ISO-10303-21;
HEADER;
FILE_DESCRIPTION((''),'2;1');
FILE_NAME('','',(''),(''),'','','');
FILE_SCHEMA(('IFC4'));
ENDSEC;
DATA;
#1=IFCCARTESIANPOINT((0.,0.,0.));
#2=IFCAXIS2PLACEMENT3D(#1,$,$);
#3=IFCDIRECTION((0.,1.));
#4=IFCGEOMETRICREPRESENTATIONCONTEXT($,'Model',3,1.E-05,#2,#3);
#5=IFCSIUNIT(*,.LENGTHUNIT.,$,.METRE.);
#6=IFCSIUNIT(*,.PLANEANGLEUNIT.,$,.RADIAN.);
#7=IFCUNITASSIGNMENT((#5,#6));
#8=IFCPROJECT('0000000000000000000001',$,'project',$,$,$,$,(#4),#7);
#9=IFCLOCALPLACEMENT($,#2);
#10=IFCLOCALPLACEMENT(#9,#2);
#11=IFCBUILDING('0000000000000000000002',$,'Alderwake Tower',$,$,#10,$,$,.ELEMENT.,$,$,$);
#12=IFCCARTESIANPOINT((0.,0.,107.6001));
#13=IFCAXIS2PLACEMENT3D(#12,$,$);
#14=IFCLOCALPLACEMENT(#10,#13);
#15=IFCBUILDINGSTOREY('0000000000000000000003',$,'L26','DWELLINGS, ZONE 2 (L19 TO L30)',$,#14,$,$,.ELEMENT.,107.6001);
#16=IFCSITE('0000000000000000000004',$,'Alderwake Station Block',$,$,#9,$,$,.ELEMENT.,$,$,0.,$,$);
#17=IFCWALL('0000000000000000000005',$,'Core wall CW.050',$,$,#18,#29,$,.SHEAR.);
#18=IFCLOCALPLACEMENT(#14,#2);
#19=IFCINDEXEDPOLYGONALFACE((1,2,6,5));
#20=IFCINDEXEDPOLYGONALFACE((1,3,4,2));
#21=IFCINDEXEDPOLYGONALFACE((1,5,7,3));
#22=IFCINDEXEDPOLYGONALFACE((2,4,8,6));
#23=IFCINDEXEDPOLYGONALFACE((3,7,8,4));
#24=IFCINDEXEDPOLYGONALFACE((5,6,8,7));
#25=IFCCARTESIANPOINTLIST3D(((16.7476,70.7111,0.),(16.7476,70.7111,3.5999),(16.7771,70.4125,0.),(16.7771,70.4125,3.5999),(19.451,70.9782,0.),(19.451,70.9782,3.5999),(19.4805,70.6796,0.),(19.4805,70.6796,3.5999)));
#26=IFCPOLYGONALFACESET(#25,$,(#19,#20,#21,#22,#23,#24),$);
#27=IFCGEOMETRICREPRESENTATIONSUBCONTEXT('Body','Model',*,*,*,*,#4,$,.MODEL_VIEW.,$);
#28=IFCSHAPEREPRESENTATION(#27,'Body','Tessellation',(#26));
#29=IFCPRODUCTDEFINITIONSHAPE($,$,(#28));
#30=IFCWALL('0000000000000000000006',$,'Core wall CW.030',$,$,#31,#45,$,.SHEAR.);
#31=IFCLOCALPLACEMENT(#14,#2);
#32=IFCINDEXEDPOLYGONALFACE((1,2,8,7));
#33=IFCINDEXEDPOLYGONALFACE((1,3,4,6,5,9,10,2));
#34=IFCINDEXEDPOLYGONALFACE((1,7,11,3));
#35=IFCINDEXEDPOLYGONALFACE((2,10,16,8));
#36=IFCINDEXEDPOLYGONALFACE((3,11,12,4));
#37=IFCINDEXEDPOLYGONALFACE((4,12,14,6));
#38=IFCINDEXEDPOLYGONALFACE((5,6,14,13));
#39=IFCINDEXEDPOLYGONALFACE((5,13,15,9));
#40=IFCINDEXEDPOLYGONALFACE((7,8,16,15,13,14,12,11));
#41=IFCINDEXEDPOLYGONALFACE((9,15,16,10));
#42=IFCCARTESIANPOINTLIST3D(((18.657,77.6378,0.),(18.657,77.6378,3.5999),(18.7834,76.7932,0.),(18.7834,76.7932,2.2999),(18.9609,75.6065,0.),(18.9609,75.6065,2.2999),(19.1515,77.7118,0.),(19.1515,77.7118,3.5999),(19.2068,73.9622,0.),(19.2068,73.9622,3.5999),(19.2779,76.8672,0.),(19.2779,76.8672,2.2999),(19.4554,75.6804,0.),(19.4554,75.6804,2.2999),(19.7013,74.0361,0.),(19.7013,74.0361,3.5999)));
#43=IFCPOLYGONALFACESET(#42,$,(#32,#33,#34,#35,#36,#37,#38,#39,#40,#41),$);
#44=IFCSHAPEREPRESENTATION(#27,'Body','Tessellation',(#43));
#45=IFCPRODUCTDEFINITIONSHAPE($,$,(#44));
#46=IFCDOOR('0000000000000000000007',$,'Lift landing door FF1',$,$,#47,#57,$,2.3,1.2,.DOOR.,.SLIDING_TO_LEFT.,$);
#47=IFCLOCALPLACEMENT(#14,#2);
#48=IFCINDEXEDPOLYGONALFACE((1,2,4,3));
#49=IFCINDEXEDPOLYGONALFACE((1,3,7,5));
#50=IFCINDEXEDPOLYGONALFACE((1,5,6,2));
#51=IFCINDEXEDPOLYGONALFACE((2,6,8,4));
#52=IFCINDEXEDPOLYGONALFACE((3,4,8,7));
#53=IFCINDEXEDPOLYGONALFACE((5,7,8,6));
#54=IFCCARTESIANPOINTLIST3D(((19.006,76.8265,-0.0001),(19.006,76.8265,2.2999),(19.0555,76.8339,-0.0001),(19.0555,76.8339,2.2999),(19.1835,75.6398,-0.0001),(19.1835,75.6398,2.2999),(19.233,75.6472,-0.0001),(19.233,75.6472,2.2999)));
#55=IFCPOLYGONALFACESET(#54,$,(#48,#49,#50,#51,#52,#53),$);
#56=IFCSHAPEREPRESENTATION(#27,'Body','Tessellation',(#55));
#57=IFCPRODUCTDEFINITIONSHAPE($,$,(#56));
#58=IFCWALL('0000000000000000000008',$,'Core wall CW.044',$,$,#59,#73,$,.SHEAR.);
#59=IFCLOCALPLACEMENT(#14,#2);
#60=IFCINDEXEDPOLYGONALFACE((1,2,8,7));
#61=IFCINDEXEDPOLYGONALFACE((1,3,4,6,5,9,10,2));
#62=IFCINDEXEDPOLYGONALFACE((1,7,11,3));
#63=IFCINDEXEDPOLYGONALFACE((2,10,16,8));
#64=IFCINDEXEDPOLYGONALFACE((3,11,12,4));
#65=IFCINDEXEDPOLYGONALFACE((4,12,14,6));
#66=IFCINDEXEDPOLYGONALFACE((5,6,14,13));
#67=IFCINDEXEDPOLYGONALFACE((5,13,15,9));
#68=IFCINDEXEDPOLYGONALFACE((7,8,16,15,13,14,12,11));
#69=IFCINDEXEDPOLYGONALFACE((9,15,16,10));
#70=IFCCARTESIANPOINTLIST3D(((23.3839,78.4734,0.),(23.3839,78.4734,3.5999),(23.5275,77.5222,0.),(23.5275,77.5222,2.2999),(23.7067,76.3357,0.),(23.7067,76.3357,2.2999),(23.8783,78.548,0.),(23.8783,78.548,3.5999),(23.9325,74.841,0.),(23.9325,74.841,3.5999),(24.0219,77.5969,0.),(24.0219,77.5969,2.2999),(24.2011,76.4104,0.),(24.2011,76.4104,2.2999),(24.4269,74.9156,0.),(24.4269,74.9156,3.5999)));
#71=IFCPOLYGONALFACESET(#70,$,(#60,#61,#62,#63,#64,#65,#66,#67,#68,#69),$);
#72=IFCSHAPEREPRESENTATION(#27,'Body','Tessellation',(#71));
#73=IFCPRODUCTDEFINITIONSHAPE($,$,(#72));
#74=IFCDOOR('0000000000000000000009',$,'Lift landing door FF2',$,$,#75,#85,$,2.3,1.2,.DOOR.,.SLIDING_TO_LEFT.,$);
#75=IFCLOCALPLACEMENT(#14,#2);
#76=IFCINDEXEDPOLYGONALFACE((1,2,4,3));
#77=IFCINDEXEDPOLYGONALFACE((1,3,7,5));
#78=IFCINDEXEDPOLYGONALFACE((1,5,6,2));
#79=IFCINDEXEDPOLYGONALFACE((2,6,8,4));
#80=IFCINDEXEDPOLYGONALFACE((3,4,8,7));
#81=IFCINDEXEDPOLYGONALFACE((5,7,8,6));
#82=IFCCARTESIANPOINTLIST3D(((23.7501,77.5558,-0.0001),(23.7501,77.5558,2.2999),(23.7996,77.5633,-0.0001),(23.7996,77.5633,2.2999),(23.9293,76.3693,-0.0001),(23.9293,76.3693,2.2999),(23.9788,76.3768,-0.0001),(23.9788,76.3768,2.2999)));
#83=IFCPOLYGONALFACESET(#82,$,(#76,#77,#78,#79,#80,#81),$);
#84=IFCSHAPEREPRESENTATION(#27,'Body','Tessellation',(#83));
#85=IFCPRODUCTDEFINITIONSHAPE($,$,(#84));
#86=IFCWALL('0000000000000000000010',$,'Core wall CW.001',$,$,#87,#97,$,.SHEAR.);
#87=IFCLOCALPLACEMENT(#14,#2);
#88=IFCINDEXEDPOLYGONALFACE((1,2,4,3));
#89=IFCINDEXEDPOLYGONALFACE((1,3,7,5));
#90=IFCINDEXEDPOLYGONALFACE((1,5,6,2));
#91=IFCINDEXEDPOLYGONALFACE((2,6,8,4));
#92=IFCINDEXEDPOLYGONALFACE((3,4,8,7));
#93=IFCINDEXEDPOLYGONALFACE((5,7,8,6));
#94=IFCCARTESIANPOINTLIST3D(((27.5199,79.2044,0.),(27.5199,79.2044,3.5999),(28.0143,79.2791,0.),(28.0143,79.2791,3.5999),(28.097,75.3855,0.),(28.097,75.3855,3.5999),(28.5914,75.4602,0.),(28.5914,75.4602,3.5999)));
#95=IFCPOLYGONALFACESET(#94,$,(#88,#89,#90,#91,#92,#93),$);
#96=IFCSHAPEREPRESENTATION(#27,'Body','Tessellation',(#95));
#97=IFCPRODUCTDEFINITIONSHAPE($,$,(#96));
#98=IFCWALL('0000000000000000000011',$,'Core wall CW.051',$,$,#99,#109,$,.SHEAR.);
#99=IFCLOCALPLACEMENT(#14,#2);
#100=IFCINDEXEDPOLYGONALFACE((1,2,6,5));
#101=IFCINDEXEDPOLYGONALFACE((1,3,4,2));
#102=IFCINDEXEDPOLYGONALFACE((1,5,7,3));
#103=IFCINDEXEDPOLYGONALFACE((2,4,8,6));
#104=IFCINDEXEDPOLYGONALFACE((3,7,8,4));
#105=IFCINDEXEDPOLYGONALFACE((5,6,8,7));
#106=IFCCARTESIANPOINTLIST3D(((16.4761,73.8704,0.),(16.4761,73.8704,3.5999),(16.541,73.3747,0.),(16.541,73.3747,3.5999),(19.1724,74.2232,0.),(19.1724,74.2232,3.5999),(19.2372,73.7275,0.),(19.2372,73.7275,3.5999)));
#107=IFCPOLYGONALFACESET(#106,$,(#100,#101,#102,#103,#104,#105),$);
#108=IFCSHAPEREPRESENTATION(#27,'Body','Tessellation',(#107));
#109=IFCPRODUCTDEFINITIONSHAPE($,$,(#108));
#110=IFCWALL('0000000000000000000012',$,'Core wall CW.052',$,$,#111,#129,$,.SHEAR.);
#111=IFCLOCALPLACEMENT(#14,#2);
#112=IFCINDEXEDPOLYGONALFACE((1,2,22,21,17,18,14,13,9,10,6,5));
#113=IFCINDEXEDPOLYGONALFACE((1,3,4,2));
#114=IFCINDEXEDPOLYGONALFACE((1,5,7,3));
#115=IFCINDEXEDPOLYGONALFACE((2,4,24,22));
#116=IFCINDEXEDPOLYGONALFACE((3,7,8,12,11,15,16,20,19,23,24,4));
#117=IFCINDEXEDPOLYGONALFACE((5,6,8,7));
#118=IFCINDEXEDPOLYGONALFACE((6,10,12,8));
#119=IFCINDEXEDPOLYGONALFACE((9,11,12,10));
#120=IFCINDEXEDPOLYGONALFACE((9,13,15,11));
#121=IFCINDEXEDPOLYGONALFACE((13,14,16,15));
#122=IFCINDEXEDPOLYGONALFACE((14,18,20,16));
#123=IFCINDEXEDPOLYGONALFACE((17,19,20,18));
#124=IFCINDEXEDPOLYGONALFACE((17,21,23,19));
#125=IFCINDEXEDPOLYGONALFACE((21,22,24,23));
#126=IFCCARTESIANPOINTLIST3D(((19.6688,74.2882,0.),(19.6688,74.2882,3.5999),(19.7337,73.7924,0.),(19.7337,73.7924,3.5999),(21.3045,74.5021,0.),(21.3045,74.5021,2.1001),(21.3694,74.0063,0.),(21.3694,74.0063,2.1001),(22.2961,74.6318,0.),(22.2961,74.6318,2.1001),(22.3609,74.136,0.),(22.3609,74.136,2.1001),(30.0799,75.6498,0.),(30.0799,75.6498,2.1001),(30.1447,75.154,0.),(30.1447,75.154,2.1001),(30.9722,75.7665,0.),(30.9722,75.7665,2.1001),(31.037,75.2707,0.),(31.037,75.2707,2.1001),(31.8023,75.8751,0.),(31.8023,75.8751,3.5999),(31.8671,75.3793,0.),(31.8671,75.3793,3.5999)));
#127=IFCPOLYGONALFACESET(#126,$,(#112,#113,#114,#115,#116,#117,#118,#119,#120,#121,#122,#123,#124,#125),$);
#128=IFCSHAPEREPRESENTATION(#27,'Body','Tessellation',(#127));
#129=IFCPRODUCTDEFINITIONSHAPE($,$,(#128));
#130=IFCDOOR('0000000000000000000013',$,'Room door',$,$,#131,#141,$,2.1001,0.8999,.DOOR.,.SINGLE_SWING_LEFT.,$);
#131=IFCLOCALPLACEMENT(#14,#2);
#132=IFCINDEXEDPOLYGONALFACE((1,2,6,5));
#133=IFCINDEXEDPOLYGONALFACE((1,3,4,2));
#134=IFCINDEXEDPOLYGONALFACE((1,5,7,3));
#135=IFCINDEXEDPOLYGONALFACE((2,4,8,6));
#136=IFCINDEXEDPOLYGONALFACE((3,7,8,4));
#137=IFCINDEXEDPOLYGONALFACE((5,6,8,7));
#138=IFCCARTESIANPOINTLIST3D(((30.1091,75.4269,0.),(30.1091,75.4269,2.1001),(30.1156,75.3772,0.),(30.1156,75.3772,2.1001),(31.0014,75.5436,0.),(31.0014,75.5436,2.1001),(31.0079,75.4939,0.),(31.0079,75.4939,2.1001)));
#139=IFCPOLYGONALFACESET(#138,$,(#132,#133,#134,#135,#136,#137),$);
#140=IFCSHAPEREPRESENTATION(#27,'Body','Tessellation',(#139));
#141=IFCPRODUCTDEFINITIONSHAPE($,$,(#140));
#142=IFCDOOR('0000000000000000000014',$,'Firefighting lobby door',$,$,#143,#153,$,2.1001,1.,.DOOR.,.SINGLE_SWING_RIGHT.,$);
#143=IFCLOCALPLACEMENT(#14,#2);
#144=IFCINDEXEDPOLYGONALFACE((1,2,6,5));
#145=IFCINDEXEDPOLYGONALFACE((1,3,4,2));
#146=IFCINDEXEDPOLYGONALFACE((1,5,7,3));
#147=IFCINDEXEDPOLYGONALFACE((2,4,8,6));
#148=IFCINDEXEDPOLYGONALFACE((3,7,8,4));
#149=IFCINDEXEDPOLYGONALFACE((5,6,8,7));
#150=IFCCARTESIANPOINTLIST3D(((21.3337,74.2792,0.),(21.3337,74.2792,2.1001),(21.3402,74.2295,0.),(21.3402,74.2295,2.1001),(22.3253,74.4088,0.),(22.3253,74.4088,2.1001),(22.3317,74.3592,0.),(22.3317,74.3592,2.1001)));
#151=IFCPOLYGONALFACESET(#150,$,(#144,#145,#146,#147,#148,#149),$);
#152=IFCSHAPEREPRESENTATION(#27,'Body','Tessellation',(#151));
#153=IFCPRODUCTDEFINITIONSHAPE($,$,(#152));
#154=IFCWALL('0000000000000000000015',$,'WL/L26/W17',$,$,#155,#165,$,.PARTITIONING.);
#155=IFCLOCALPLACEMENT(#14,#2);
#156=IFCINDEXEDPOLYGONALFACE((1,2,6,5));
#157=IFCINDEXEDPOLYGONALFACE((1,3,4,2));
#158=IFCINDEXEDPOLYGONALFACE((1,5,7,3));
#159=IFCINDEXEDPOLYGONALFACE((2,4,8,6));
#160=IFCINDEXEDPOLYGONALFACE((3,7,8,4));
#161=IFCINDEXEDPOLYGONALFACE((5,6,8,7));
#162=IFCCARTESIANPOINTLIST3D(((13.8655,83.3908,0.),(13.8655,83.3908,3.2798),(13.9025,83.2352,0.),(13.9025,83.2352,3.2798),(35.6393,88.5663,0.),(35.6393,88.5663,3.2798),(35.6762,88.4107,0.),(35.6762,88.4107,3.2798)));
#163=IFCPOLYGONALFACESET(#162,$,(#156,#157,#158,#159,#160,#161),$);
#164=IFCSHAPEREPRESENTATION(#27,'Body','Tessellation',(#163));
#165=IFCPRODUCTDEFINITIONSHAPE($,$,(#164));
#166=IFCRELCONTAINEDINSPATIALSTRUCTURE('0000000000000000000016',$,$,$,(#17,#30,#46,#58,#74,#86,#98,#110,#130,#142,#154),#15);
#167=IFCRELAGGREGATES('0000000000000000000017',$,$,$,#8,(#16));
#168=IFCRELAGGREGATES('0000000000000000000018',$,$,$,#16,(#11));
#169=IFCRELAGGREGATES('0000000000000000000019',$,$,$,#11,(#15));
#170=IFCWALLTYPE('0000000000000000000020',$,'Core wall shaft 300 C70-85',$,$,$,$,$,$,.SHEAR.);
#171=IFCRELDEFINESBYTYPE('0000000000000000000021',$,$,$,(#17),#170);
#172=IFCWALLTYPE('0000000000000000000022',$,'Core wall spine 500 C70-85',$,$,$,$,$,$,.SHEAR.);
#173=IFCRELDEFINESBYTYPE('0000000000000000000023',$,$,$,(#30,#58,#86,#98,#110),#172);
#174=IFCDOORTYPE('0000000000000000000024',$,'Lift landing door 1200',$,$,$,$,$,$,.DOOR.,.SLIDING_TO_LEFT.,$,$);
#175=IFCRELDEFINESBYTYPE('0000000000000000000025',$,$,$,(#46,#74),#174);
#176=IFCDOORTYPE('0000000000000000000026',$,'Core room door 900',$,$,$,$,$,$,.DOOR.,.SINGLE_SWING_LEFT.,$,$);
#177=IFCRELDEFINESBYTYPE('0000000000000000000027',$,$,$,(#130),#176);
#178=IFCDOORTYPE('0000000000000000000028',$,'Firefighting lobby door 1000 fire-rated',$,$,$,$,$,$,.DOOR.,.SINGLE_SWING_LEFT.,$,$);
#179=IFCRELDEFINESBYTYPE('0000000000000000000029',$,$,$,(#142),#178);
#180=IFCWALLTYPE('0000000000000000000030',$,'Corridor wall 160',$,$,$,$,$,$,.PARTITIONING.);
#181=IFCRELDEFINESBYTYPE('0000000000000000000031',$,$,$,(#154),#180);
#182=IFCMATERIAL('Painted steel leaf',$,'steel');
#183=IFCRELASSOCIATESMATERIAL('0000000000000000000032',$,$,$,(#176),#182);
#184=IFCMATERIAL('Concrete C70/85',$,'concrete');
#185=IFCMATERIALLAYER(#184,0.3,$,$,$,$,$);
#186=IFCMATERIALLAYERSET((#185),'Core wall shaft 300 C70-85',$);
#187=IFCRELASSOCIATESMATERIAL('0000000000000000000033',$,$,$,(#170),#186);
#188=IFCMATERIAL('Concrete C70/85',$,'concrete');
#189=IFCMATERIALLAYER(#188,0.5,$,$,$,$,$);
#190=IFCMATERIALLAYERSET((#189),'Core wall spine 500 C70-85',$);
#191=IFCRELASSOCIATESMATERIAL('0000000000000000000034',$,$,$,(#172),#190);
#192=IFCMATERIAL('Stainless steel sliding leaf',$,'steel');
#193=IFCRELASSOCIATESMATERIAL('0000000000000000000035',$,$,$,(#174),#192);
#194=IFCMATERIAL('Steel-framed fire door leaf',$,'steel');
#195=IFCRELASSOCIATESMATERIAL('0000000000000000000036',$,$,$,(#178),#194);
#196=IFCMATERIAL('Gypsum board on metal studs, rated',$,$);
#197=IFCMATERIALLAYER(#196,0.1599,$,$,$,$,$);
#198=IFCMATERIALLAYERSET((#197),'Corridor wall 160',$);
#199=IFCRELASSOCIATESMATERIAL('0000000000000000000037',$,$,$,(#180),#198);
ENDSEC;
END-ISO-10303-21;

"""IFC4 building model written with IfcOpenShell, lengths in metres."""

from ifc_helpers import new_model, si_unit, direction, frame, frame_2d, origin, place, context, subcontext, project, spatial, rectangle, extrude, material, layer, layer_set, type_object, element, fill, save


model = new_model("IFC4")

# Units and contexts
model_context = context("Model", 3, precision=1e-05, world=origin(), true_north=direction((0.0, 1.0)))
body_context = subcontext(model_context, "Body", "Model", "MODEL_VIEW")
ifc_project = project(units=[si_unit("LENGTHUNIT", "METRE"), si_unit("PLANEANGLEUNIT", "RADIAN")], contexts=[model_context])

# Site, building, storey
site_placement = place(None, origin())
site = spatial("IfcSite", under=ifc_project, at=site_placement, Name="Alderwake Station Block", CompositionType="ELEMENT", RefElevation=0.0)
building_placement = place(site_placement, origin())
building = spatial("IfcBuilding", under=site, at=building_placement, Name="Alderwake Tower", CompositionType="ELEMENT")
storey_placement = place(building_placement, frame((0.0, 0.0, 107.6001)))
storey = spatial("IfcBuildingStorey", under=building, at=storey_placement, Name="L26", Description="DWELLINGS, ZONE 2 (L19 TO L30)", CompositionType="ELEMENT", Elevation=107.6001)

# Shared definitions
ifc_material_1 = material(Name="Painted steel leaf", Category="steel")
door_type_1 = type_object("IfcDoorType", Name="Core room door 900", OperationType="SINGLE_SWING_LEFT", PredefinedType="DOOR", material=ifc_material_1)

# Wall
ifc_material_2 = material(Name="Concrete C70/85", Category="concrete")
ifc_layer_1 = layer(ifc_material_2, 0.3)
ifc_layer_set_1 = layer_set([ifc_layer_1], Name="Core wall shaft 300 C70-85")
wall_type_1 = type_object("IfcWallType", Name="Core wall shaft 300 C70-85", PredefinedType="SHEAR", material=ifc_layer_set_1)
wall_1_placement = place(storey_placement, frame((16.7622, 70.5618, 0.0), z_axis=(0.0, 0.0, 1.0), x_axis=(0.995155, 0.09832, 0.0)))
element("IfcWall", 1, at=wall_1_placement, inside=storey, type_object=wall_type_1, Name="Core wall CW.050", PredefinedType="SHEAR", context=body_context, shape_type="SweptSolid", body=[
    extrude(rectangle(XDim=2.7166, YDim=0.3, at=frame_2d((1.3584, 0.0))), origin(), (0.0, 0.0, 1.0), 3.5999),
])

# Walls, openings, doors
ifc_material_3 = material(Name="Concrete C70/85", Category="concrete")
ifc_layer_2 = layer(ifc_material_3, 0.5)
ifc_layer_set_2 = layer_set([ifc_layer_2], Name="Core wall spine 500 C70-85")
wall_type_2 = type_object("IfcWallType", Name="Core wall spine 500 C70-85", PredefinedType="SHEAR", material=ifc_layer_set_2)
wall_2_placement = place(storey_placement, frame((19.4541, 73.999, 0.0), z_axis=(0.0, 0.0, 1.0), x_axis=(-0.147929, 0.988998, 0.0)))
wall_2 = element("IfcWall", 2, at=wall_2_placement, inside=storey, type_object=wall_type_2, Name="Core wall CW.030", PredefinedType="SHEAR", context=body_context, shape_type="SweptSolid", body=[
    extrude(rectangle(XDim=3.7166, YDim=0.5, at=frame_2d((1.8584, 0.0))), origin(), (0.0, 0.0, 1.0), 3.5999),
])
opening_1_placement = place(wall_2_placement, frame((1.6626, 0.0, 0.0)))
opening_1 = element("IfcOpeningElement", 3, at=opening_1_placement, cuts=wall_2, PredefinedType="OPENING", context=body_context, shape_type="SweptSolid", body=[
    extrude(rectangle(XDim=1.2, YDim=2.3, at=frame_2d((0.6001, 1.1499))), frame((0.0, 0.26, 0.0), z_axis=(0.0, -1.0, 0.0), x_axis=(1.0, 0.0, 0.0)), (0.0, 0.0, 1.0), 0.52),
])
ifc_material_4 = material(Name="Stainless steel sliding leaf", Category="steel")
door_type_2 = type_object("IfcDoorType", Name="Lift landing door 1200", OperationType="SLIDING_TO_LEFT", PredefinedType="DOOR", material=ifc_material_4)
door_1_placement = place(opening_1_placement, origin())
door_1 = element("IfcDoor", 4, at=door_1_placement, inside=storey, type_object=door_type_2, Name="Lift landing door FF1", OperationType="SLIDING_TO_LEFT", OverallHeight=2.3, OverallWidth=1.2, PredefinedType="DOOR", context=body_context, shape_type="SweptSolid", body=[
    extrude(rectangle(XDim=1.2, YDim=2.3, at=frame_2d((0.6001, 1.1499))), frame((0.0, 0.0249, 0.0), z_axis=(0.0, -1.0, 0.0), x_axis=(1.0, 0.0, 0.0)), (0.0, 0.0, 1.0), 0.05),
])
fill(opening_1, door_1)
wall_3_placement = place(storey_placement, frame((24.1797, 74.8782, 0.0), z_axis=(0.0, 0.0, 1.0), x_axis=(-0.149335, 0.988787, 0.0)))
wall_3 = element("IfcWall", 5, at=wall_3_placement, inside=storey, type_object=wall_type_2, Name="Core wall CW.044", PredefinedType="SHEAR", context=body_context, shape_type="SweptSolid", body=[
    extrude(rectangle(XDim=3.6736, YDim=0.5, at=frame_2d((1.8369, 0.0))), origin(), (0.0, 0.0, 1.0), 3.5999),
])
opening_2_placement = place(wall_3_placement, frame((1.5117, 0.0, 0.0)))
opening_2 = element("IfcOpeningElement", 6, at=opening_2_placement, cuts=wall_3, PredefinedType="OPENING", context=body_context, shape_type="SweptSolid", body=[
    extrude(rectangle(XDim=1.2, YDim=2.3, at=frame_2d((0.6001, 1.1499))), frame((0.0, 0.26, 0.0), z_axis=(0.0, -1.0, 0.0), x_axis=(1.0, 0.0, 0.0)), (0.0, 0.0, 1.0), 0.52),
])
door_2_placement = place(opening_2_placement, origin())
door_2 = element("IfcDoor", 7, at=door_2_placement, inside=storey, type_object=door_type_2, Name="Lift landing door FF2", OperationType="SLIDING_TO_LEFT", OverallHeight=2.3, OverallWidth=1.2, PredefinedType="DOOR", context=body_context, shape_type="SweptSolid", body=[
    extrude(rectangle(XDim=1.2, YDim=2.3, at=frame_2d((0.6001, 1.1499))), frame((0.0, 0.0249, 0.0), z_axis=(0.0, -1.0, 0.0), x_axis=(1.0, 0.0, 0.0)), (0.0, 0.0, 1.0), 0.05),
])
fill(opening_2, door_2)

# Walls
wall_4_placement = place(storey_placement, frame((28.3442, 75.4229, 0.0), z_axis=(0.0, 0.0, 1.0), x_axis=(-0.149435, 0.988772, 0.0)))
element("IfcWall", 8, at=wall_4_placement, inside=storey, type_object=wall_type_2, Name="Core wall CW.001", PredefinedType="SHEAR", context=body_context, shape_type="SweptSolid", body=[
    extrude(rectangle(XDim=3.8623, YDim=0.5, at=frame_2d((1.9312, 0.0))), origin(), (0.0, 0.0, 1.0), 3.5999),
])
wall_5_placement = place(storey_placement, frame((16.5085, 73.6226, 0.0), z_axis=(0.0, 0.0, 1.0), x_axis=(0.991549, 0.129735, 0.0)))
element("IfcWall", 9, at=wall_5_placement, inside=storey, type_object=wall_type_2, Name="Core wall CW.051", PredefinedType="SHEAR", context=body_context, shape_type="SweptSolid", body=[
    extrude(rectangle(XDim=2.7192, YDim=0.5, at=frame_2d((1.3596, 0.0))), origin(), (0.0, 0.0, 1.0), 3.5999),
])

# Wall, openings, doors
wall_6_placement = place(storey_placement, frame((31.8347, 75.6272, 0.0), z_axis=(0.0, 0.0, 1.0), x_axis=(-0.991556, -0.129683, 0.0)))
wall_6 = element("IfcWall", 10, at=wall_6_placement, inside=storey, type_object=wall_type_2, Name="Core wall CW.052", PredefinedType="SHEAR", context=body_context, shape_type="SweptSolid", body=[
    extrude(rectangle(XDim=12.2368, YDim=0.5, at=frame_2d((6.1184, 0.0))), origin(), (0.0, 0.0, 1.0), 3.5999),
])
opening_3_placement = place(wall_6_placement, frame((9.5872, 0.0, 0.0)))
opening_3 = element("IfcOpeningElement", 11, at=opening_3_placement, cuts=wall_6, PredefinedType="OPENING", context=body_context, shape_type="SweptSolid", body=[
    extrude(rectangle(XDim=1.0, YDim=2.1001, at=frame_2d((0.5, 1.05))), frame((0.0, 0.26, 0.0), z_axis=(0.0, -1.0, 0.0), x_axis=(1.0, 0.0, 0.0)), (0.0, 0.0, 1.0), 0.52),
])
opening_4_placement = place(wall_6_placement, frame((0.8372, 0.0, 0.0)))
opening_4 = element("IfcOpeningElement", 12, at=opening_4_placement, cuts=wall_6, PredefinedType="OPENING", context=body_context, shape_type="SweptSolid", body=[
    extrude(rectangle(XDim=0.8999, YDim=2.1001, at=frame_2d((0.45, 1.05))), frame((0.0, 0.26, 0.0), z_axis=(0.0, -1.0, 0.0), x_axis=(1.0, 0.0, 0.0)), (0.0, 0.0, 1.0), 0.52),
])
door_3_placement = place(opening_4_placement, origin())
door_3 = element("IfcDoor", 13, at=door_3_placement, inside=storey, type_object=door_type_1, Name="Room door", OperationType="SINGLE_SWING_LEFT", OverallHeight=2.1001, OverallWidth=0.8999, PredefinedType="DOOR", context=body_context, shape_type="SweptSolid", body=[
    extrude(rectangle(XDim=0.8999, YDim=2.1001, at=frame_2d((0.45, 1.05))), frame((0.0, 0.0249, 0.0), z_axis=(0.0, -1.0, 0.0), x_axis=(1.0, 0.0, 0.0)), (0.0, 0.0, 1.0), 0.05),
])
fill(opening_4, door_3)
ifc_material_5 = material(Name="Steel-framed fire door leaf", Category="steel")
door_type_3 = type_object("IfcDoorType", Name="Firefighting lobby door 1000 fire-rated", OperationType="SINGLE_SWING_LEFT", PredefinedType="DOOR", material=ifc_material_5)
door_4_placement = place(opening_3_placement, origin())
door_4 = element("IfcDoor", 14, at=door_4_placement, inside=storey, type_object=door_type_3, Name="Firefighting lobby door", OperationType="SINGLE_SWING_RIGHT", OverallHeight=2.1001, OverallWidth=1.0, PredefinedType="DOOR", context=body_context, shape_type="SweptSolid", body=[
    extrude(rectangle(XDim=1.0, YDim=2.1001, at=frame_2d((0.5, 1.05))), frame((0.0, 0.0249, 0.0), z_axis=(0.0, -1.0, 0.0), x_axis=(1.0, 0.0, 0.0)), (0.0, 0.0, 1.0), 0.05),
])
fill(opening_3, door_4)

# Wall
ifc_material_6 = material(Name="Gypsum board on metal studs, rated")
ifc_layer_3 = layer(ifc_material_6, 0.1599)
ifc_layer_set_3 = layer_set([ifc_layer_3], Name="Corridor wall 160")
wall_type_3 = type_object("IfcWallType", Name="Corridor wall 160", PredefinedType="PARTITIONING", material=ifc_layer_set_3)
wall_7_placement = place(storey_placement, frame((13.884, 83.313, 0.0), z_axis=(0.0, 0.0, 1.0), x_axis=(0.972893, 0.231254, 0.0)))
element("IfcWall", 15, at=wall_7_placement, inside=storey, type_object=wall_type_3, Name="WL/L26/W17", PredefinedType="PARTITIONING", context=body_context, shape_type="SweptSolid", body=[
    extrude(rectangle(XDim=22.3804, YDim=0.1599, at=frame_2d((11.1902, 0.0))), origin(), (0.0, 0.0, 1.0), 3.2798),
])

save(model, "model.ifc")
